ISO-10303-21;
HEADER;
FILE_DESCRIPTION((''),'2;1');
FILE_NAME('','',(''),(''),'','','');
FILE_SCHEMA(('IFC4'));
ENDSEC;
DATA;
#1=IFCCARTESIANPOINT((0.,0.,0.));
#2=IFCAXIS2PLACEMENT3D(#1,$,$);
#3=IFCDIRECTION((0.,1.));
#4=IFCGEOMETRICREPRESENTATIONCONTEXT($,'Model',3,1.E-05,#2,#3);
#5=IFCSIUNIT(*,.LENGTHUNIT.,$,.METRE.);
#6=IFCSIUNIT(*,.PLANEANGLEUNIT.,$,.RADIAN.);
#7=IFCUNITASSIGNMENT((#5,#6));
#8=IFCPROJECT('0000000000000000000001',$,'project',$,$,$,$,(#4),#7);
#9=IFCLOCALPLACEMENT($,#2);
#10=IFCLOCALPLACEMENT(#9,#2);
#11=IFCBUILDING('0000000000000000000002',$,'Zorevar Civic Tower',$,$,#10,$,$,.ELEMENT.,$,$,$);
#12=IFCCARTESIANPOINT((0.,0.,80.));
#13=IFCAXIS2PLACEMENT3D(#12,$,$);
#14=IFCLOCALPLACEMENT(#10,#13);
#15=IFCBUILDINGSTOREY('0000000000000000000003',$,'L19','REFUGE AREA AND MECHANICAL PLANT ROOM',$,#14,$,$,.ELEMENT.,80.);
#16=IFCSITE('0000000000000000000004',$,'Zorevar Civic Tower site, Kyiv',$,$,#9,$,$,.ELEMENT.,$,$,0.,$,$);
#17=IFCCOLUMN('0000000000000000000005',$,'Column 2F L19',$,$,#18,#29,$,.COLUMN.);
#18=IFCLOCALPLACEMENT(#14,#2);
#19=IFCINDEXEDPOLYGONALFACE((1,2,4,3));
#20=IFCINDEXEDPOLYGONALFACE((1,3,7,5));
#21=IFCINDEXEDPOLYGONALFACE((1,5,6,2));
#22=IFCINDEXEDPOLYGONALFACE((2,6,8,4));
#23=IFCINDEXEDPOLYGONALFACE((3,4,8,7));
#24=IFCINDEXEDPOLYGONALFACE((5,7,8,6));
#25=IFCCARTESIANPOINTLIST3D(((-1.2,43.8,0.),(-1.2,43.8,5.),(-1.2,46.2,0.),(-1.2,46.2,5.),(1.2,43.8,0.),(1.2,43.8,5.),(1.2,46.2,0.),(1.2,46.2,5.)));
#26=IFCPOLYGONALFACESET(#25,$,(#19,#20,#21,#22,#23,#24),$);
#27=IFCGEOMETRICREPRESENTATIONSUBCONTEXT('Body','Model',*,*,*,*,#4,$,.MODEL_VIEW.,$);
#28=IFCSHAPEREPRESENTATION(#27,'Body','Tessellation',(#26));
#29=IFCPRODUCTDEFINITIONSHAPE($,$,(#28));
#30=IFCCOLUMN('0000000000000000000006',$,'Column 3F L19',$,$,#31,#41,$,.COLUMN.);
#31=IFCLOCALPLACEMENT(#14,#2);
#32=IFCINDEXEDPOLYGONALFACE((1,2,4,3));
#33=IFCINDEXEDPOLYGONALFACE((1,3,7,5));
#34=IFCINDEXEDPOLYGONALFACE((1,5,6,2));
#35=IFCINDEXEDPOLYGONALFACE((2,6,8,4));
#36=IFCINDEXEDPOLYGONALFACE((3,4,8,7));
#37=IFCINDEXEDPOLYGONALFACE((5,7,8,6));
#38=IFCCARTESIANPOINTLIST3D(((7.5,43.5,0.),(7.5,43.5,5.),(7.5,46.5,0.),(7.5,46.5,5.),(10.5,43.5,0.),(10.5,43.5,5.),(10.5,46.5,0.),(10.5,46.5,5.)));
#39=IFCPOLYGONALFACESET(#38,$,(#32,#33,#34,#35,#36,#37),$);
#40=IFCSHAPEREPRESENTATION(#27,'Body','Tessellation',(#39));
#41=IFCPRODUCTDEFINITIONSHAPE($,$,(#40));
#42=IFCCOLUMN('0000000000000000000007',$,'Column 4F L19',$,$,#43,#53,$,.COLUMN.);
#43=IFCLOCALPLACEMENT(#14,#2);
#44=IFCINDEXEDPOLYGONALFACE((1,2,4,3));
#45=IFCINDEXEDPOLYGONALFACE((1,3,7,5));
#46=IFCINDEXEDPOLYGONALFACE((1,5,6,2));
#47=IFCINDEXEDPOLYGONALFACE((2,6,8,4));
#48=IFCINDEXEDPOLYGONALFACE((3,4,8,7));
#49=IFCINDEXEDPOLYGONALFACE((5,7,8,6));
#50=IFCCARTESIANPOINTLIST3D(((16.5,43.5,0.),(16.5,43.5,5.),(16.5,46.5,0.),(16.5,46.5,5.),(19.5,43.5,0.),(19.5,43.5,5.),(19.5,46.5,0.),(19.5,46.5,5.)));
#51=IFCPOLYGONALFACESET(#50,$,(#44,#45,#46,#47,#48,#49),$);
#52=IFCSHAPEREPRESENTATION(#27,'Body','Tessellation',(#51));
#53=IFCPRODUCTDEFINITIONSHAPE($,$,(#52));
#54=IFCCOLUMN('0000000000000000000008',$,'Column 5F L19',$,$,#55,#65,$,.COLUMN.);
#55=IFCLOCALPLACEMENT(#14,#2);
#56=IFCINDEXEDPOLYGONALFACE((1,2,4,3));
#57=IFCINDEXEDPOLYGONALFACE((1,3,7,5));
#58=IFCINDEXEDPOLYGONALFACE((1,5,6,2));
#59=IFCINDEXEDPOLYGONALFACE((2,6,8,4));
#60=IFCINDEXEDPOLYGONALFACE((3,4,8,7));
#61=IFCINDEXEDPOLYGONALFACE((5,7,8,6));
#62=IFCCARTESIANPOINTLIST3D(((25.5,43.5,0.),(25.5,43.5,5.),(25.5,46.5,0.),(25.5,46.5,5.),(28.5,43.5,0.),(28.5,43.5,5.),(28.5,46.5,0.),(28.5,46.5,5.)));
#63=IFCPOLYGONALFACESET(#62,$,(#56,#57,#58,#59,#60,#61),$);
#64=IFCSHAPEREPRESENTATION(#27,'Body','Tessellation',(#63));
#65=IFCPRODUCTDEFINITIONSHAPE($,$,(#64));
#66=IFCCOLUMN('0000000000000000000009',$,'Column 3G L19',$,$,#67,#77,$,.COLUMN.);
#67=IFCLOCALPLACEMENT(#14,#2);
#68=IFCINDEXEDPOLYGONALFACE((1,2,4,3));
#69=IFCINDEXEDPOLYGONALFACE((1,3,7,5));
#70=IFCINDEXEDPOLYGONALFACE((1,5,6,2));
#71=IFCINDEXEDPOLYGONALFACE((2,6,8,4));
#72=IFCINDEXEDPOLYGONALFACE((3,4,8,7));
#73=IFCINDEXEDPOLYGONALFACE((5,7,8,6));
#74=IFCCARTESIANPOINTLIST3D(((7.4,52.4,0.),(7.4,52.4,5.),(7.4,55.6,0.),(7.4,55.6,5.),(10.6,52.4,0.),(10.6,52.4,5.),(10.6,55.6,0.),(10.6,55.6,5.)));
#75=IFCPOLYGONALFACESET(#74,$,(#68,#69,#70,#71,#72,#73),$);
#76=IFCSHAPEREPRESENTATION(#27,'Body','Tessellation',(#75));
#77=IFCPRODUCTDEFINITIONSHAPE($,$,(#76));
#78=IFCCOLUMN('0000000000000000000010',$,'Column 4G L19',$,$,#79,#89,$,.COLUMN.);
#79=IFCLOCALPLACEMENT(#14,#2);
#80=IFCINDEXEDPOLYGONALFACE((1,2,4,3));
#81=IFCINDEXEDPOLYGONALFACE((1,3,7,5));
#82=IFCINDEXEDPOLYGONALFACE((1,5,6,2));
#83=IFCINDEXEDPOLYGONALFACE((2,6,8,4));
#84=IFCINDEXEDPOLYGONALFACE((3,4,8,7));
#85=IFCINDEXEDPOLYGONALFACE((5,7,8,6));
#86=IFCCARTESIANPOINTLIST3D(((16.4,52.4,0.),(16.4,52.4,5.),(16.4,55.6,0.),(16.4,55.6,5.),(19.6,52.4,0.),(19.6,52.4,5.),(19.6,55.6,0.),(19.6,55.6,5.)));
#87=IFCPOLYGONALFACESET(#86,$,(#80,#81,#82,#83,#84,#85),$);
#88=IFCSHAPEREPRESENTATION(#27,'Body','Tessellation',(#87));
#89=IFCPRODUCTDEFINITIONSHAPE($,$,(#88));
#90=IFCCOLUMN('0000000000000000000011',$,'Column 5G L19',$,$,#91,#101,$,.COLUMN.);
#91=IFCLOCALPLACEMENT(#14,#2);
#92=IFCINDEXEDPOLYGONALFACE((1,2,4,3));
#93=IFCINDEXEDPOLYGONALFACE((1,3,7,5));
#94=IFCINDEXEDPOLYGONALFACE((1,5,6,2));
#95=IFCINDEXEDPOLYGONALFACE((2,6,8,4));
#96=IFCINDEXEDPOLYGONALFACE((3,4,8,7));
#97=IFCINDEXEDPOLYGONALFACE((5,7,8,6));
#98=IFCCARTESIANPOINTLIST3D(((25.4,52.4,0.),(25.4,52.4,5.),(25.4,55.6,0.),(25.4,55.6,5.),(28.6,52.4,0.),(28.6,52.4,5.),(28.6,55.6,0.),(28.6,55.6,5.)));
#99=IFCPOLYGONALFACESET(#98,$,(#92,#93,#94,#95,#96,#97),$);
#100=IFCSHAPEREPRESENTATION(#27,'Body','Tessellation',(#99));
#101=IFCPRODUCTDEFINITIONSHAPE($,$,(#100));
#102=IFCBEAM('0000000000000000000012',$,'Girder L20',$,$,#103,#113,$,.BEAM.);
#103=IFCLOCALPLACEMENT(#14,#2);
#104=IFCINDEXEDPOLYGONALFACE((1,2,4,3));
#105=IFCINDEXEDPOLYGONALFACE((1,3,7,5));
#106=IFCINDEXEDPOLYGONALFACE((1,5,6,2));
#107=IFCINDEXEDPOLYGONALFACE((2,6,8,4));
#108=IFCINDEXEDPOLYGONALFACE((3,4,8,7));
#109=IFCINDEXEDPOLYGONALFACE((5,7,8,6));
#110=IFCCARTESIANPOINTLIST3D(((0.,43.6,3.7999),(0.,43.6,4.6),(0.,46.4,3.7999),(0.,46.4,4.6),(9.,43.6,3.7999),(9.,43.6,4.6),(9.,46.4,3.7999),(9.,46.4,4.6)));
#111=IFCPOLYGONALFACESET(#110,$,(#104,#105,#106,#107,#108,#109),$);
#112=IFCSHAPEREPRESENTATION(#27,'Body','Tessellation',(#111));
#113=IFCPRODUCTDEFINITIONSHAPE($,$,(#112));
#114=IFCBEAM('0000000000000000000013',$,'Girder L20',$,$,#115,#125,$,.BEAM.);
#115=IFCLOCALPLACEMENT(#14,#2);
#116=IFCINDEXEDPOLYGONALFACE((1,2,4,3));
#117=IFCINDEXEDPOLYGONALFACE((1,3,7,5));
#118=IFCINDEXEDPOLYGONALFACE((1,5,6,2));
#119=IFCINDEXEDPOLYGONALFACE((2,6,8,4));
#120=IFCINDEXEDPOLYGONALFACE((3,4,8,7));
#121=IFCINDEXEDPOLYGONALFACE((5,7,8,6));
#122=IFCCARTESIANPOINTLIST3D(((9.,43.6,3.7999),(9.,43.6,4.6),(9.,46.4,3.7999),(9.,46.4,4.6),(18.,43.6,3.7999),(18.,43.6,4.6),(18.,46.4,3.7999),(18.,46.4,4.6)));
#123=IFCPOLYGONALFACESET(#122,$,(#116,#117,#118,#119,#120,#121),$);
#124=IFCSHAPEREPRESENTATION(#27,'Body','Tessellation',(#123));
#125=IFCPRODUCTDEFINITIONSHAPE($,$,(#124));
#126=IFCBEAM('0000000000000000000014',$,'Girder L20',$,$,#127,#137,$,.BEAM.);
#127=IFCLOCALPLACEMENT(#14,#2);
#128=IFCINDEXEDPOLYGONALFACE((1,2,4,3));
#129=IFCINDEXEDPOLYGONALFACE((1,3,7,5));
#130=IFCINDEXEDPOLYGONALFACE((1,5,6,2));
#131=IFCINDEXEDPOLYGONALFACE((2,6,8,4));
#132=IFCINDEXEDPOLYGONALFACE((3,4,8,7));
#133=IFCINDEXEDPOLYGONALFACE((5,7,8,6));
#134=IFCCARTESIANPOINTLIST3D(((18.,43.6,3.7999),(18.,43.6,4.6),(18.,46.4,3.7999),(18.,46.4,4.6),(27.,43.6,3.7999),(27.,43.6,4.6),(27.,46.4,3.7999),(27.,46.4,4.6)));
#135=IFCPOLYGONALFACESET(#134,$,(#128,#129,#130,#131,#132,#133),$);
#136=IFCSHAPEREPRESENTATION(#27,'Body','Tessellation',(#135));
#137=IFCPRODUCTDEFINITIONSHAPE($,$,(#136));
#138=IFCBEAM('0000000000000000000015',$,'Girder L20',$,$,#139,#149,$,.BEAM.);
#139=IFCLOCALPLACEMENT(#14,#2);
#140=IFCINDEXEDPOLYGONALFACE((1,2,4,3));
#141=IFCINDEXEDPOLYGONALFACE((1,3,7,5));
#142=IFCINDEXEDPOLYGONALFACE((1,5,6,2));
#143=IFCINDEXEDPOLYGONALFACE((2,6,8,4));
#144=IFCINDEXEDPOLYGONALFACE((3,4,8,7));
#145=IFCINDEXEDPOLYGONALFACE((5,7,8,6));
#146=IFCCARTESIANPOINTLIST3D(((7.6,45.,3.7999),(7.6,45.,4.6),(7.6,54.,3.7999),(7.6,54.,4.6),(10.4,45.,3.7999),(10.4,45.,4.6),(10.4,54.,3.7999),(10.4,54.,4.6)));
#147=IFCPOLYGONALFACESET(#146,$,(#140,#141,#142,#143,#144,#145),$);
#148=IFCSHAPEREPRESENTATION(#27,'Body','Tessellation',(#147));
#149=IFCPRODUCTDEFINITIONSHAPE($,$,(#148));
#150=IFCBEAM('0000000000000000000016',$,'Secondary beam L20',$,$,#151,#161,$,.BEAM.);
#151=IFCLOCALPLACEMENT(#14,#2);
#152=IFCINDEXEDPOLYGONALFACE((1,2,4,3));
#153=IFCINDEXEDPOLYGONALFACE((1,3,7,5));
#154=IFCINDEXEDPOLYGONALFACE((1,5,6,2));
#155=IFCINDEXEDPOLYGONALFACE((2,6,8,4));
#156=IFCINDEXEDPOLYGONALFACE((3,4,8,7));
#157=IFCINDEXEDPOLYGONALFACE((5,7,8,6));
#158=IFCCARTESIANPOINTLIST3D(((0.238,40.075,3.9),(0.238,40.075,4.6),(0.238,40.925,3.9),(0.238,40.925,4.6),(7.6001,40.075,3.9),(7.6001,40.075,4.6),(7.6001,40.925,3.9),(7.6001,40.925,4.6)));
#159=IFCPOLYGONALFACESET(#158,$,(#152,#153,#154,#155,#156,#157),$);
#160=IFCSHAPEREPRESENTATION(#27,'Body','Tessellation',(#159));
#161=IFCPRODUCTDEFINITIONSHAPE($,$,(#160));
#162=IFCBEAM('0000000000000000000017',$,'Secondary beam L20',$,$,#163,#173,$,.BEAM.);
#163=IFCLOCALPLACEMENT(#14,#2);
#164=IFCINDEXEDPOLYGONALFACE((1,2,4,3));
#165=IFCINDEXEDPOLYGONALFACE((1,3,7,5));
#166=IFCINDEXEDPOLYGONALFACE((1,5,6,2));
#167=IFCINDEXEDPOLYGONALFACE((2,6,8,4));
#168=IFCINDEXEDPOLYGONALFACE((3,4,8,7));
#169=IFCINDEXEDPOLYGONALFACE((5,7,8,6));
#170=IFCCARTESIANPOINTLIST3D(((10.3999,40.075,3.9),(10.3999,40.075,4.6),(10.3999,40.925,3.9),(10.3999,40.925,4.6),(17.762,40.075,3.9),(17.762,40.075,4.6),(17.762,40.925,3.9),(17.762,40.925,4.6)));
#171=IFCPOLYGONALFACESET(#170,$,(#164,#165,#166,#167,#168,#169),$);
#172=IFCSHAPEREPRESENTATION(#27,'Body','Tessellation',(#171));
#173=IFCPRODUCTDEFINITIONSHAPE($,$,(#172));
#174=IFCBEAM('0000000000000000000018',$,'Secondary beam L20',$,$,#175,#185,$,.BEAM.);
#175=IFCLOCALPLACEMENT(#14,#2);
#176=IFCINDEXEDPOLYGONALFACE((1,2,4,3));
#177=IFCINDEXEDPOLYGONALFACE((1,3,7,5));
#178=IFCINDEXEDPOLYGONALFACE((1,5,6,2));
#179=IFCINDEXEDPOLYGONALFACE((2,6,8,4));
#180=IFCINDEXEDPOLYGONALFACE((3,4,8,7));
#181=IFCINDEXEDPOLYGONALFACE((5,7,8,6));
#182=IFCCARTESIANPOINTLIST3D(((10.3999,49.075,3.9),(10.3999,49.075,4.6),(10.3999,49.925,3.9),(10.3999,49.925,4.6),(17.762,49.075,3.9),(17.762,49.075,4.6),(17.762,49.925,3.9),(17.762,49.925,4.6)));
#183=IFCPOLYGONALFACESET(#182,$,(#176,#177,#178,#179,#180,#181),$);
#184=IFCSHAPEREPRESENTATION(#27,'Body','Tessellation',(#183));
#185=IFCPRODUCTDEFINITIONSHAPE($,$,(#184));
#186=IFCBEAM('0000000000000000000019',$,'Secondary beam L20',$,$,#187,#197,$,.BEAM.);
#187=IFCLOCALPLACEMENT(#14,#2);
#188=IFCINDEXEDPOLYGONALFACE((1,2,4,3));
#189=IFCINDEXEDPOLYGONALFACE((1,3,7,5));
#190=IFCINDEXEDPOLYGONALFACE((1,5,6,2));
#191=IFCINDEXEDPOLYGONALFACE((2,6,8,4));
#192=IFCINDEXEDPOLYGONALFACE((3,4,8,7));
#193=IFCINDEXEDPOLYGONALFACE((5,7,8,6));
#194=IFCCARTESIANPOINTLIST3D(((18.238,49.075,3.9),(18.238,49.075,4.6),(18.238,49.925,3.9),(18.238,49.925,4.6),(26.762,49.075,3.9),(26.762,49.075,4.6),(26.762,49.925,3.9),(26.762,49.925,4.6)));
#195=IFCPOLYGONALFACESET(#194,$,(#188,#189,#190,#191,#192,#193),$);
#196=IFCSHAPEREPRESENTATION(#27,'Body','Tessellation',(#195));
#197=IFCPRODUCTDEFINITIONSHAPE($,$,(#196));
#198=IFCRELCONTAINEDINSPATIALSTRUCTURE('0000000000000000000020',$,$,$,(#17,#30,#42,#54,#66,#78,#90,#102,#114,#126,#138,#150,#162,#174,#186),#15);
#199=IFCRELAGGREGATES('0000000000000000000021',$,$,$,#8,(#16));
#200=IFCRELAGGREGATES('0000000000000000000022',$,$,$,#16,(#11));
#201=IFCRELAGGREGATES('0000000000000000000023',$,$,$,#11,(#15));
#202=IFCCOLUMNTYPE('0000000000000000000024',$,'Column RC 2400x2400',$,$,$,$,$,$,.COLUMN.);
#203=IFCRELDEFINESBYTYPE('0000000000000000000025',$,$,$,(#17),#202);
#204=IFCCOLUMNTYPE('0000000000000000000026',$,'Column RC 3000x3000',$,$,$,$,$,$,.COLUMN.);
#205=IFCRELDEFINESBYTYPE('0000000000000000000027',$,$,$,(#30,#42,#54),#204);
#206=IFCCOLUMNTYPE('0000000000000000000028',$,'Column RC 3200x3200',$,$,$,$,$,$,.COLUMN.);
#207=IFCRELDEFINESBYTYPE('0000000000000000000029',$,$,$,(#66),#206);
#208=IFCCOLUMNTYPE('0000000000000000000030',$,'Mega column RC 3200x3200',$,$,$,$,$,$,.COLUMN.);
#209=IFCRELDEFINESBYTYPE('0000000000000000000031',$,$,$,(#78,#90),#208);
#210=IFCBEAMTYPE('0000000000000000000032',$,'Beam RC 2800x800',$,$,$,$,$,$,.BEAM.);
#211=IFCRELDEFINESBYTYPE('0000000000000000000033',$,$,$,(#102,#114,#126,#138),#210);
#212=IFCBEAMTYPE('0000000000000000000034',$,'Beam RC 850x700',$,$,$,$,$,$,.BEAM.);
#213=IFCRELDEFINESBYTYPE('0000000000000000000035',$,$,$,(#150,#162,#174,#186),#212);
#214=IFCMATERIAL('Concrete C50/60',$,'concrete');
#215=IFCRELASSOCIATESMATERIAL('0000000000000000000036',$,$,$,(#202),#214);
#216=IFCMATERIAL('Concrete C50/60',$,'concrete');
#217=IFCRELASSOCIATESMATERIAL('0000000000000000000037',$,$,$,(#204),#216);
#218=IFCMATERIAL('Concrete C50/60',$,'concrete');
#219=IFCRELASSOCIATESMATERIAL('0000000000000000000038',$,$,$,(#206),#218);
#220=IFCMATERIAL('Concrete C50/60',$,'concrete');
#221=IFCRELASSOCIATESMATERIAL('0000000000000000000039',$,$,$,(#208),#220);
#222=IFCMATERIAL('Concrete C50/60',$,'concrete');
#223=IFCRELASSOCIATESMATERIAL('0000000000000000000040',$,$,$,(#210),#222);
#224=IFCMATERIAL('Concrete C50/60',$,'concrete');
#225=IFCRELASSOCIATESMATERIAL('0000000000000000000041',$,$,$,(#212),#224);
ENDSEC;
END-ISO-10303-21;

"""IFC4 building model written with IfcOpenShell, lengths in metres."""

from ifc_helpers import new_model, si_unit, direction, frame, origin, origin_2d, place, context, subcontext, project, spatial, rectangle, extrude, material, material_profile, profile_set, type_object, element, save


model = new_model("IFC4")

# Units and contexts
model_context = context("Model", 3, precision=1e-05, world=origin(), true_north=direction((0.0, 1.0)))
body_context = subcontext(model_context, "Body", "Model", "MODEL_VIEW")
ifc_project = project(units=[si_unit("LENGTHUNIT", "METRE"), si_unit("PLANEANGLEUNIT", "RADIAN")], contexts=[model_context])

# Site, building, storey
site_placement = place(None, origin())
site = spatial("IfcSite", under=ifc_project, at=site_placement, Name="Zorevar Civic Tower site, Kyiv", CompositionType="ELEMENT", RefElevation=0.0)
building_placement = place(site_placement, origin())
building = spatial("IfcBuilding", under=site, at=building_placement, Name="Zorevar Civic Tower", CompositionType="ELEMENT")
storey_placement = place(building_placement, frame((0.0, 0.0, 80.0)))
storey = spatial("IfcBuildingStorey", under=building, at=storey_placement, Name="L19", Description="REFUGE AREA AND MECHANICAL PLANT ROOM", CompositionType="ELEMENT", Elevation=80.0)

# Columns
ifc_material_1 = material(Name="Concrete C50/60", Category="concrete")
ifc_material_profile_1 = material_profile(ifc_material_1, rectangle(XDim=2.3999, YDim=2.3999, at=origin_2d()), Name="RC 2400x2400")
ifc_profile_set_1 = profile_set([ifc_material_profile_1], Name="Concrete C50/60")
column_type_1 = type_object("IfcColumnType", Name="Column RC 2400x2400", PredefinedType="COLUMN", material=ifc_profile_set_1)
column_1_placement = place(storey_placement, frame((0.0, 45.0, 0.0), z_axis=(0.0, 0.0, 1.0), x_axis=(1.0, 0.0, 0.0)))
element("IfcColumn", 1, at=column_1_placement, inside=storey, type_object=column_type_1, Name="Column 2F L19", PredefinedType="COLUMN", context=body_context, shape_type="SweptSolid", body=[
    extrude(rectangle(XDim=2.3999, YDim=2.3999, at=origin_2d()), origin(), (0.0, 0.0, 1.0), 5.0),
])
ifc_material_2 = material(Name="Concrete C50/60", Category="concrete")
ifc_material_profile_2 = material_profile(ifc_material_2, rectangle(XDim=3.0, YDim=3.0, at=origin_2d()), Name="RC 3000x3000")
ifc_profile_set_2 = profile_set([ifc_material_profile_2], Name="Concrete C50/60")
column_type_2 = type_object("IfcColumnType", Name="Column RC 3000x3000", PredefinedType="COLUMN", material=ifc_profile_set_2)
for number, where, z_axis, x_axis, name in (
    (2, (9.0, 45.0, 0.0), (0.0, 0.0, 1.0), (1.0, 0.0, 0.0), "Column 3F L19"),
    (3, (18.0, 45.0, 0.0), (0.0, 0.0, 1.0), (1.0, 0.0, 0.0), "Column 4F L19"),
    (4, (27.0, 45.0, 0.0), (0.0, 0.0, 1.0), (1.0, 0.0, 0.0), "Column 5F L19"),
):
    element("IfcColumn", number, at=place(storey_placement, frame(where, z_axis=z_axis, x_axis=x_axis)), inside=storey, type_object=column_type_2, Name=name, PredefinedType="COLUMN", context=body_context, shape_type="SweptSolid", body=[
        extrude(rectangle(XDim=3.0, YDim=3.0, at=origin_2d()), origin(), (0.0, 0.0, 1.0), 5.0),
    ])
ifc_material_3 = material(Name="Concrete C50/60", Category="concrete")
ifc_material_profile_3 = material_profile(ifc_material_3, rectangle(XDim=3.2, YDim=3.2, at=origin_2d()), Name="RC 3200x3200")
ifc_profile_set_3 = profile_set([ifc_material_profile_3], Name="Concrete C50/60")
column_type_3 = type_object("IfcColumnType", Name="Column RC 3200x3200", PredefinedType="COLUMN", material=ifc_profile_set_3)
column_2_placement = place(storey_placement, frame((9.0, 54.0, 0.0), z_axis=(0.0, 0.0, 1.0), x_axis=(1.0, 0.0, 0.0)))
element("IfcColumn", 5, at=column_2_placement, inside=storey, type_object=column_type_3, Name="Column 3G L19", PredefinedType="COLUMN", context=body_context, shape_type="SweptSolid", body=[
    extrude(rectangle(XDim=3.2, YDim=3.2, at=origin_2d()), origin(), (0.0, 0.0, 1.0), 5.0),
])
ifc_material_4 = material(Name="Concrete C50/60", Category="concrete")
ifc_material_profile_4 = material_profile(ifc_material_4, rectangle(XDim=3.2, YDim=3.2, at=origin_2d()), Name="RC 3200x3200")
ifc_profile_set_4 = profile_set([ifc_material_profile_4], Name="Concrete C50/60")
column_type_4 = type_object("IfcColumnType", Name="Mega column RC 3200x3200", PredefinedType="COLUMN", material=ifc_profile_set_4)
for number, where, z_axis, x_axis, name in (
    (6, (18.0, 54.0, 0.0), (0.0, 0.0, 1.0), (1.0, 0.0, 0.0), "Column 4G L19"),
    (7, (27.0, 54.0, 0.0), (0.0, 0.0, 1.0), (1.0, 0.0, 0.0), "Column 5G L19"),
):
    element("IfcColumn", number, at=place(storey_placement, frame(where, z_axis=z_axis, x_axis=x_axis)), inside=storey, type_object=column_type_4, Name=name, PredefinedType="COLUMN", context=body_context, shape_type="SweptSolid", body=[
        extrude(rectangle(XDim=3.2, YDim=3.2, at=origin_2d()), origin(), (0.0, 0.0, 1.0), 5.0),
    ])

# Beams
ifc_material_5 = material(Name="Concrete C50/60", Category="concrete")
ifc_material_profile_5 = material_profile(ifc_material_5, rectangle(XDim=2.8, YDim=0.8, at=origin_2d()), Name="RC 2800x800")
ifc_profile_set_5 = profile_set([ifc_material_profile_5], Name="Concrete C50/60")
beam_type_1 = type_object("IfcBeamType", Name="Beam RC 2800x800", PredefinedType="BEAM", material=ifc_profile_set_5)
for number, where, z_axis, x_axis, name in (
    (8, (0.0, 45.0, 4.2), (1.0, 0.0, 0.0), (0.0, 1.0, 0.0), "Girder L20"),
    (9, (9.0, 45.0, 4.2), (1.0, 0.0, 0.0), (0.0, 1.0, 0.0), "Girder L20"),
    (10, (18.0, 45.0, 4.2), (1.0, 0.0, 0.0), (0.0, 1.0, 0.0), "Girder L20"),
    (11, (9.0, 45.0, 4.2), (0.0, 1.0, 0.0), (-1.0, 0.0, 0.0), "Girder L20"),
):
    element("IfcBeam", number, at=place(storey_placement, frame(where, z_axis=z_axis, x_axis=x_axis)), inside=storey, type_object=beam_type_1, Name=name, PredefinedType="BEAM", context=body_context, shape_type="SweptSolid", body=[
        extrude(rectangle(XDim=2.8, YDim=0.8, at=origin_2d()), origin(), (0.0, 0.0, 1.0), 9.0),
    ])
ifc_material_6 = material(Name="Concrete C50/60", Category="concrete")
ifc_material_profile_6 = material_profile(ifc_material_6, rectangle(XDim=0.8501, YDim=0.7, at=origin_2d()), Name="RC 850x700")
ifc_profile_set_6 = profile_set([ifc_material_profile_6], Name="Concrete C50/60")
beam_type_2 = type_object("IfcBeamType", Name="Beam RC 850x700", PredefinedType="BEAM", material=ifc_profile_set_6)
for number, where, z_axis, x_axis, name in (
    (12, (0.238, 40.5, 4.25), (1.0, 0.0, 0.0), (0.0, 1.0, 0.0), "Secondary beam L20"),
    (13, (10.3999, 40.5, 4.25), (1.0, 0.0, 0.0), (0.0, 1.0, 0.0), "Secondary beam L20"),
    (14, (10.3999, 49.5, 4.25), (1.0, 0.0, 0.0), (0.0, 1.0, 0.0), "Secondary beam L20"),
):
    element("IfcBeam", number, at=place(storey_placement, frame(where, z_axis=z_axis, x_axis=x_axis)), inside=storey, type_object=beam_type_2, Name=name, PredefinedType="BEAM", context=body_context, shape_type="SweptSolid", body=[
        extrude(rectangle(XDim=0.8501, YDim=0.7, at=origin_2d()), origin(), (0.0, 0.0, 1.0), 7.3621),
    ])
beam_1_placement = place(storey_placement, frame((18.238, 49.5, 4.25), z_axis=(1.0, 0.0, 0.0), x_axis=(0.0, 1.0, 0.0)))
element("IfcBeam", 15, at=beam_1_placement, inside=storey, type_object=beam_type_2, Name="Secondary beam L20", PredefinedType="BEAM", context=body_context, shape_type="SweptSolid", body=[
    extrude(rectangle(XDim=0.8501, YDim=0.7, at=origin_2d()), origin(), (0.0, 0.0, 1.0), 8.5239),
])

save(model, "model.ifc")
